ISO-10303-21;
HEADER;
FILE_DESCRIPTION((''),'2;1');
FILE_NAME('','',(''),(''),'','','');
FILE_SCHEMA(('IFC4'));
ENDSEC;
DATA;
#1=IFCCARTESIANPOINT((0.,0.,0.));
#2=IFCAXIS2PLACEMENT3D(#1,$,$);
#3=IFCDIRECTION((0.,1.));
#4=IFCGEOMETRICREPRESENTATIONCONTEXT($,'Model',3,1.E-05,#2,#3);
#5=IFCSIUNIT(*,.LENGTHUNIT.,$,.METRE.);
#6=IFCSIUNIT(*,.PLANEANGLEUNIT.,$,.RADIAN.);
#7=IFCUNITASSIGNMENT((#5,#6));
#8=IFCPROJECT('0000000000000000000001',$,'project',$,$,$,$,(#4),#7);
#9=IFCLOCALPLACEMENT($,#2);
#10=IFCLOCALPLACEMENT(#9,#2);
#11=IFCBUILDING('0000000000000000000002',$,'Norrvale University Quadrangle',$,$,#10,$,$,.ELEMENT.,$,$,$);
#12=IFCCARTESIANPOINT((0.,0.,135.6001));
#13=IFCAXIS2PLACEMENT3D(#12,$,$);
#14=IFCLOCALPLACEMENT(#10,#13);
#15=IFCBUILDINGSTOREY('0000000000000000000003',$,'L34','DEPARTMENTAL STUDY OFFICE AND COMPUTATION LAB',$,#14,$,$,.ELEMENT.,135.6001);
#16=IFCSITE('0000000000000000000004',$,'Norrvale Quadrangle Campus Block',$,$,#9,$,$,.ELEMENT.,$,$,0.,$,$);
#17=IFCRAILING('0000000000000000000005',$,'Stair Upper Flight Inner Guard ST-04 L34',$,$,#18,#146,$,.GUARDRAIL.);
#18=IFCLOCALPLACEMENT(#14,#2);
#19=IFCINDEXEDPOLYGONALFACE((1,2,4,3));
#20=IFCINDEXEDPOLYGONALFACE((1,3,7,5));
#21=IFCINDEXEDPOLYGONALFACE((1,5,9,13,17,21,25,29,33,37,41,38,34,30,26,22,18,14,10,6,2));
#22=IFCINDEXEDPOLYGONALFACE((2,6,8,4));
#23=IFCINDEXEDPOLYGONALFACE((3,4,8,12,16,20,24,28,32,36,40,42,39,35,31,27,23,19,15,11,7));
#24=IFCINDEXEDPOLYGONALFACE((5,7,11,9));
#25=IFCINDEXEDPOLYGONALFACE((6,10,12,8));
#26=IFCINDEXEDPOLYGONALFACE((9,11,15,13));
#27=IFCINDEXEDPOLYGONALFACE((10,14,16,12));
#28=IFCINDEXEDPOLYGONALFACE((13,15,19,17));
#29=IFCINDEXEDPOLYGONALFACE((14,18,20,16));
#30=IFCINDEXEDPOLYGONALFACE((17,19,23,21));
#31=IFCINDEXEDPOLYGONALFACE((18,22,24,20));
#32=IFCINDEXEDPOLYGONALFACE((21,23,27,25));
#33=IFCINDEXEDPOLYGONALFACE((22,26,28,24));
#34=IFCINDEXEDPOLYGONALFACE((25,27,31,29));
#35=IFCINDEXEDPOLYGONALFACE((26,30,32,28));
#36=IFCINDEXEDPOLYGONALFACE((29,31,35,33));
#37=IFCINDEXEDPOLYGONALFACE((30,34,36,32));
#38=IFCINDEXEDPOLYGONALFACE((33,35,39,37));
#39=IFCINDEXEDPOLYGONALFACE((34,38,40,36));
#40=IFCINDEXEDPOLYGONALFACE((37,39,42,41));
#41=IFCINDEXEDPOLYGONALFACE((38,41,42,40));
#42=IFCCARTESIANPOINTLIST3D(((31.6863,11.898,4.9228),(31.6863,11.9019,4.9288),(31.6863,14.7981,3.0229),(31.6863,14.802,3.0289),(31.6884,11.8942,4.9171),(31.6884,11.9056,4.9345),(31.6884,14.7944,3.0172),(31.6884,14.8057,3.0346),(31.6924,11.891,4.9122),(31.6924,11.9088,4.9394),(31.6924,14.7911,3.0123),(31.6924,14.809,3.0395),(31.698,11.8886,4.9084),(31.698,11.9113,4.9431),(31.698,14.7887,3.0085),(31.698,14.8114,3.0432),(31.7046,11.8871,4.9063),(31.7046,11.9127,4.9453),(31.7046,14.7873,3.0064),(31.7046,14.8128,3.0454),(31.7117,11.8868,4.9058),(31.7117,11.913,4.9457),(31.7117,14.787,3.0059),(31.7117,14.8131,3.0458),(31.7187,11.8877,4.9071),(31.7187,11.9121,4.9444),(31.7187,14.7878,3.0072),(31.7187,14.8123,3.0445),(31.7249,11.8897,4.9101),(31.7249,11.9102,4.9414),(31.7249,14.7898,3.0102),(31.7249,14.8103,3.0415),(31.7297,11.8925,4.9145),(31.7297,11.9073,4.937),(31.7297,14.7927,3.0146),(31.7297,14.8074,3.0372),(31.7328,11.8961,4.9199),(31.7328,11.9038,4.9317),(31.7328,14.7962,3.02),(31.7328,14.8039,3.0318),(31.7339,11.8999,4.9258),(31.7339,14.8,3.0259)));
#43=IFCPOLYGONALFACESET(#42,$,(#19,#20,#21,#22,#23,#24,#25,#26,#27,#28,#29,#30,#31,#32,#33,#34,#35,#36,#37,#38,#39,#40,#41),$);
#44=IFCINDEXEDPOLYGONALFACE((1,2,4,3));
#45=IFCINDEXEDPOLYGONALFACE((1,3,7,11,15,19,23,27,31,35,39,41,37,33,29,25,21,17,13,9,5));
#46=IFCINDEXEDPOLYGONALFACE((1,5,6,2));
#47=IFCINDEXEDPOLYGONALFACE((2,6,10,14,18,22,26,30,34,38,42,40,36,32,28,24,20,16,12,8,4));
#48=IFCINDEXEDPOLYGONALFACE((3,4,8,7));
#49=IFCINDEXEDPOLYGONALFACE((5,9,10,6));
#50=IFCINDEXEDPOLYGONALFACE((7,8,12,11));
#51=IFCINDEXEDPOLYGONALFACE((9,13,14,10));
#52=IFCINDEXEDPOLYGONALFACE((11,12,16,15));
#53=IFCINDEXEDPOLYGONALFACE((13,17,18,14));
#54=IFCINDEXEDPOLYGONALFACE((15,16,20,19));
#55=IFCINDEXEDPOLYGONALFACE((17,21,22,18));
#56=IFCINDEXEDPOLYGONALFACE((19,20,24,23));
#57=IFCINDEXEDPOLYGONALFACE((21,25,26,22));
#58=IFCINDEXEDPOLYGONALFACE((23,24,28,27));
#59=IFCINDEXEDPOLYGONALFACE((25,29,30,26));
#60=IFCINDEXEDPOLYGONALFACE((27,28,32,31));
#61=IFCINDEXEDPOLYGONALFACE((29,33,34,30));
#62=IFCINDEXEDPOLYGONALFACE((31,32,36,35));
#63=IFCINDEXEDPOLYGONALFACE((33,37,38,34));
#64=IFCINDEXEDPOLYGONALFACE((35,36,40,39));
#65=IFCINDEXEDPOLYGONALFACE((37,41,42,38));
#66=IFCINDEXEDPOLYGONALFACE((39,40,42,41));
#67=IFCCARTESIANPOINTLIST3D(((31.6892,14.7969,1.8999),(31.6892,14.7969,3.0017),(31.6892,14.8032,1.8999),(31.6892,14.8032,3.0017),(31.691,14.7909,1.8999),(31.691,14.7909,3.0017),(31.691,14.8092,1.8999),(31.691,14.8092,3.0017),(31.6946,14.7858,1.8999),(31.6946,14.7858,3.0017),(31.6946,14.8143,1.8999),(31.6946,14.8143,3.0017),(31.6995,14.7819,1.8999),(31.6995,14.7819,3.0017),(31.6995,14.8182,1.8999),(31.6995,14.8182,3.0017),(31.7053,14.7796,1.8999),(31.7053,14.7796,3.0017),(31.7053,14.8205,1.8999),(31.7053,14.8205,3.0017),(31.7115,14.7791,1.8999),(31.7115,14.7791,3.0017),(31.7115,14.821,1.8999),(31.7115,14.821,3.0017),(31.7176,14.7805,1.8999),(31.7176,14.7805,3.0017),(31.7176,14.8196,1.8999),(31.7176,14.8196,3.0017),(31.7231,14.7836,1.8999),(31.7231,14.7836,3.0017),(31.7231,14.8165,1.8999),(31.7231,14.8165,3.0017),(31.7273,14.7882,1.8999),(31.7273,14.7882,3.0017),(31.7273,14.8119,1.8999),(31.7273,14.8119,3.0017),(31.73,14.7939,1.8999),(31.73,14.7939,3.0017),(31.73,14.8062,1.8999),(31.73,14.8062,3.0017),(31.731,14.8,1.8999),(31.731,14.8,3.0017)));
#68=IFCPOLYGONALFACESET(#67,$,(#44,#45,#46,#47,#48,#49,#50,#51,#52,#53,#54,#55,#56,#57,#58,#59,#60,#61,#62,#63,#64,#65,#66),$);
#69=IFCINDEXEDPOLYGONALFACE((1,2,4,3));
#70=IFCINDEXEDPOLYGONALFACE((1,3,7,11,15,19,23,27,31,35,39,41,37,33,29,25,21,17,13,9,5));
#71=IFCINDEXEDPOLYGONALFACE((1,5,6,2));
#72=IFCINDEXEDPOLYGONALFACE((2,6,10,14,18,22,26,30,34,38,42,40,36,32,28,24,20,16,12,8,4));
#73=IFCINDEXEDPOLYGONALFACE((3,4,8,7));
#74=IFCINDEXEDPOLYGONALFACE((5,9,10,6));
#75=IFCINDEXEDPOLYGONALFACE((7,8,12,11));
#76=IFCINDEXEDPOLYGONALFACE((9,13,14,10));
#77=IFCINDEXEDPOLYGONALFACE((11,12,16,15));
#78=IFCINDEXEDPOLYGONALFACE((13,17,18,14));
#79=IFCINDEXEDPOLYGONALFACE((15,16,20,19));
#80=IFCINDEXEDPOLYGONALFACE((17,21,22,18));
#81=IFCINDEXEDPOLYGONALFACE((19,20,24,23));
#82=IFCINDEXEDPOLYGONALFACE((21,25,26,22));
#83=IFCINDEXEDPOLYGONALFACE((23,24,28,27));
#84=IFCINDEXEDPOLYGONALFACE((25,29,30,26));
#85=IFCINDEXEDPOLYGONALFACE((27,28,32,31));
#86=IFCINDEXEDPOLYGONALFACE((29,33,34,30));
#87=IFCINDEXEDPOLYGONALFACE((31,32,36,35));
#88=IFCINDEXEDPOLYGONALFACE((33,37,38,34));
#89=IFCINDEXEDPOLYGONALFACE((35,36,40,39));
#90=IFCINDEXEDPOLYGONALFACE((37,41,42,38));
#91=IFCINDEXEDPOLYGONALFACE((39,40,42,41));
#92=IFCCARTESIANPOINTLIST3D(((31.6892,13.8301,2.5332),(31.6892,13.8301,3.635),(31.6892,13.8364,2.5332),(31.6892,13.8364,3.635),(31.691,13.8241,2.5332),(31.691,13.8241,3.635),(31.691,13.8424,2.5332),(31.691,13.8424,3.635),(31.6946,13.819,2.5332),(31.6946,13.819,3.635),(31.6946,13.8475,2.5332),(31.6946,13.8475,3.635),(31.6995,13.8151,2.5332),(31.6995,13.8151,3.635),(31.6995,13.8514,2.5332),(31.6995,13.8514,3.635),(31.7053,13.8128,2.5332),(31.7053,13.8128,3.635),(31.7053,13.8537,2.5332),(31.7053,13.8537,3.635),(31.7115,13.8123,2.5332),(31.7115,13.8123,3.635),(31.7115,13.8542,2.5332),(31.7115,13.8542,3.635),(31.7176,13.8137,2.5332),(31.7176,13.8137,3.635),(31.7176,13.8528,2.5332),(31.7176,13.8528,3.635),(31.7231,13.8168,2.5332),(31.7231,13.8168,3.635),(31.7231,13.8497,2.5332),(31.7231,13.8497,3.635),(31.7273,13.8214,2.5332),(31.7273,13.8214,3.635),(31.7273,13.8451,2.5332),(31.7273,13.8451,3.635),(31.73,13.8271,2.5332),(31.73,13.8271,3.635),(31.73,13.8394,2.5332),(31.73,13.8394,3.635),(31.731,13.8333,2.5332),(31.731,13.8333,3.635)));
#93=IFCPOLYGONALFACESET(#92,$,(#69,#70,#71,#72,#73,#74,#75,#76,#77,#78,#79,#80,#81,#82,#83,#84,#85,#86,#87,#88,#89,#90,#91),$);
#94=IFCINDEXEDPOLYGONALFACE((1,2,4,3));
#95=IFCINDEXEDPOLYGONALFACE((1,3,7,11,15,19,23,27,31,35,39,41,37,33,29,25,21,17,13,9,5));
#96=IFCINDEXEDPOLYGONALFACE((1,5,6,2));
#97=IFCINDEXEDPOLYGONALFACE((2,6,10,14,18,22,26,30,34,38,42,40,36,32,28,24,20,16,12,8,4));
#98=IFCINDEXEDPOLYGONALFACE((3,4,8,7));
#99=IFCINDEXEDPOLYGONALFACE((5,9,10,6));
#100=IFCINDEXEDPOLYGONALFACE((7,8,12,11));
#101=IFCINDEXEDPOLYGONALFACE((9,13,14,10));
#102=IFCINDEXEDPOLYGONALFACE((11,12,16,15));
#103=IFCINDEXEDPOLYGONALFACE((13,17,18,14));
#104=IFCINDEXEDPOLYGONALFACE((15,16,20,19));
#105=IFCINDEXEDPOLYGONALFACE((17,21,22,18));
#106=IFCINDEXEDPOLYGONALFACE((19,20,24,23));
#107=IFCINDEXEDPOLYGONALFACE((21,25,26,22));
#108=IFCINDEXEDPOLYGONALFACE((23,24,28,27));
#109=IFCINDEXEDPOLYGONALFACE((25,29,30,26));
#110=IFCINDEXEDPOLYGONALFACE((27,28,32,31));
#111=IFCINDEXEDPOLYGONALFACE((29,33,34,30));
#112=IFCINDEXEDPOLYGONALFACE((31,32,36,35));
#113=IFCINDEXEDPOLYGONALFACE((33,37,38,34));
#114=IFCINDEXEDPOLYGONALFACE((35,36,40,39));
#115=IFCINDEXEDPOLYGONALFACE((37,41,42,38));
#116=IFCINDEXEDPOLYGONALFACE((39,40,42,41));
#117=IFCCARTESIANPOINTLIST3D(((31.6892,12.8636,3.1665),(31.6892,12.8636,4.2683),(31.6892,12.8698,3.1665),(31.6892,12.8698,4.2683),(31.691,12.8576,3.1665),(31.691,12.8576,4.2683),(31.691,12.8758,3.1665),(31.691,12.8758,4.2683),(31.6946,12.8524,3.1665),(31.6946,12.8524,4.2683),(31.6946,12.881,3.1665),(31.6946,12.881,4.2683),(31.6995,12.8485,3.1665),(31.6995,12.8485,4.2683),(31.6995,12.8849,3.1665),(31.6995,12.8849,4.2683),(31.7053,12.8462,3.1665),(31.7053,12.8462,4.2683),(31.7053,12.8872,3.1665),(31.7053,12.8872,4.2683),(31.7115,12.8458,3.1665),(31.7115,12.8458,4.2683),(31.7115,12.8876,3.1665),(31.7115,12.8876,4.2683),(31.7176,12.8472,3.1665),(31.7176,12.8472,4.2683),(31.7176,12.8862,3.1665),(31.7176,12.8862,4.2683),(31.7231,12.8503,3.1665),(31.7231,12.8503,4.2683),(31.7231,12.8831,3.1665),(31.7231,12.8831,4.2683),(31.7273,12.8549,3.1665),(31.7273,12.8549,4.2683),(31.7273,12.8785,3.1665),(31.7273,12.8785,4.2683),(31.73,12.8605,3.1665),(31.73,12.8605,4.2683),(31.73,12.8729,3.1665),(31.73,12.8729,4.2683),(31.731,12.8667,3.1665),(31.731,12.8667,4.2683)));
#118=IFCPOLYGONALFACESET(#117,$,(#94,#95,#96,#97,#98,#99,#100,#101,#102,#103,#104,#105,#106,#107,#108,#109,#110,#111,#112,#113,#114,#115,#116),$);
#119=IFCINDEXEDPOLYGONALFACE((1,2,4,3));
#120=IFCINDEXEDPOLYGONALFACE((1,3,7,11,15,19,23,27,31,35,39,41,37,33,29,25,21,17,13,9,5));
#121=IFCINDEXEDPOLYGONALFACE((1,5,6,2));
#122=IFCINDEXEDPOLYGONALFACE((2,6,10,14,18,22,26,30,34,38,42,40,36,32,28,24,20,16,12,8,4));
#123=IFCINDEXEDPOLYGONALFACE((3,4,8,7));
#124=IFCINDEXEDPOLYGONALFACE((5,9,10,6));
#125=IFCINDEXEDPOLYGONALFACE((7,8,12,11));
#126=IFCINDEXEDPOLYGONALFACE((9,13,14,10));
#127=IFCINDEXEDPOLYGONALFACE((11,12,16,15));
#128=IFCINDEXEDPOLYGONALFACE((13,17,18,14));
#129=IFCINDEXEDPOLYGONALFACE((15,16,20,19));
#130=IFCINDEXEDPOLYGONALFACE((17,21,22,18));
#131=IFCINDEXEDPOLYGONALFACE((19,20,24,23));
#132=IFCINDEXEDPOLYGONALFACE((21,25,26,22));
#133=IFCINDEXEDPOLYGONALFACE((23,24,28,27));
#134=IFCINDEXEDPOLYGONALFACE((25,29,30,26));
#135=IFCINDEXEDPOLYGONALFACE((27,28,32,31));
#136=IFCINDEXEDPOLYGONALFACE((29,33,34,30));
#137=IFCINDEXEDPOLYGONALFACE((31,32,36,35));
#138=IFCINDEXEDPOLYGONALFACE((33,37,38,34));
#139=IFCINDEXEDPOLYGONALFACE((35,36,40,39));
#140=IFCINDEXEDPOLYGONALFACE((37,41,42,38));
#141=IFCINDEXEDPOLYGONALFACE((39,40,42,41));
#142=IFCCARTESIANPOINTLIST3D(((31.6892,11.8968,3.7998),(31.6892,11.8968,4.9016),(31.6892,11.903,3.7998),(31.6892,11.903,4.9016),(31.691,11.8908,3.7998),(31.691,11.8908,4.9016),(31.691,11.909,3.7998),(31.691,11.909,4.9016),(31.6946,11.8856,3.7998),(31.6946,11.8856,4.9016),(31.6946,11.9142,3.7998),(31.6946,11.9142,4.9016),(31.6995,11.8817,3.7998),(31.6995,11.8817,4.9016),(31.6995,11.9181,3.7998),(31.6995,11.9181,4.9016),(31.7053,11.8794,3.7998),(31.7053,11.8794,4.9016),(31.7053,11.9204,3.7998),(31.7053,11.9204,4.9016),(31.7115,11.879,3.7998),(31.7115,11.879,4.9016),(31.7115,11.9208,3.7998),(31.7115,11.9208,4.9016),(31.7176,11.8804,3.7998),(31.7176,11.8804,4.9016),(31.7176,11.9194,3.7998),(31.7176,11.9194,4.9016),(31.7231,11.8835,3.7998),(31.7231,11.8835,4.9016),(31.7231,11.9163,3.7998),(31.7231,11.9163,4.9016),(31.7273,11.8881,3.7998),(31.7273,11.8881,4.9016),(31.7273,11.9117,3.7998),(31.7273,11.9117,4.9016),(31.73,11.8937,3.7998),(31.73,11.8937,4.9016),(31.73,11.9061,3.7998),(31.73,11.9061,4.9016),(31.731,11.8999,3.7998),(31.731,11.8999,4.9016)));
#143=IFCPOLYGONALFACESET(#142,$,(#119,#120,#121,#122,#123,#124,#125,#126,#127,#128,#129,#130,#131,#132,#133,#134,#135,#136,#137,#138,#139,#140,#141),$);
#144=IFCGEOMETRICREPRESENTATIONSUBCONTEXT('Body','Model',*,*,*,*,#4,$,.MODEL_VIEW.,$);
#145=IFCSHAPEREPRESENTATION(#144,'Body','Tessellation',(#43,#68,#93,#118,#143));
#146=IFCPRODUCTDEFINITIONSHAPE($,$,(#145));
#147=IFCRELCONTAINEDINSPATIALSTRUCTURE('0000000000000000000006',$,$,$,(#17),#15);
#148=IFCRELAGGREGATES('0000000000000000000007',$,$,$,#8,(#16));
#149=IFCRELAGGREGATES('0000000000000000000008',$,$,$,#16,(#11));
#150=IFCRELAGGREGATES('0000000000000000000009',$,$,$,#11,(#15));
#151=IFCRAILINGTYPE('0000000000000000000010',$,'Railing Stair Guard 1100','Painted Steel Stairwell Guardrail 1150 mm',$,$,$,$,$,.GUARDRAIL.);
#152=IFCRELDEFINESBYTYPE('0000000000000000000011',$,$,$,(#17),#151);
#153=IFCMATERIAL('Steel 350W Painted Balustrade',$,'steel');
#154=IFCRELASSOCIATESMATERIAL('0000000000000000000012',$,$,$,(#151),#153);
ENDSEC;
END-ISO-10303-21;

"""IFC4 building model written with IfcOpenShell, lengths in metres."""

from ifc_helpers import new_model, si_unit, direction, frame, origin, origin_2d, place, context, subcontext, project, spatial, circle, extrude, material, type_object, element, save


model = new_model("IFC4")

# Units and contexts
model_context = context("Model", 3, precision=1e-05, world=origin(), true_north=direction((0.0, 1.0)))
body_context = subcontext(model_context, "Body", "Model", "MODEL_VIEW")
ifc_project = project(units=[si_unit("LENGTHUNIT", "METRE"), si_unit("PLANEANGLEUNIT", "RADIAN")], contexts=[model_context])

# Site, building, storey
site_placement = place(None, origin())
site = spatial("IfcSite", under=ifc_project, at=site_placement, Name="Norrvale Quadrangle Campus Block", CompositionType="ELEMENT", RefElevation=0.0)
building_placement = place(site_placement, origin())
building = spatial("IfcBuilding", under=site, at=building_placement, Name="Norrvale University Quadrangle", CompositionType="ELEMENT")
storey_placement = place(building_placement, frame((0.0, 0.0, 135.6001)))
storey = spatial("IfcBuildingStorey", under=building, at=storey_placement, Name="L34", Description="DEPARTMENTAL STUDY OFFICE AND COMPUTATION LAB", CompositionType="ELEMENT", Elevation=135.6001)

# Railing
ifc_material_1 = material(Name="Steel 350W Painted Balustrade", Category="steel")
railing_type_1 = type_object("IfcRailingType", Name="Railing Stair Guard 1100", Description="Painted Steel Stairwell Guardrail 1150 mm", PredefinedType="GUARDRAIL", material=ifc_material_1)
railing_1_placement = place(storey_placement, frame((31.71, 14.8, 1.8999)))
element("IfcRailing", 1, at=railing_1_placement, inside=storey, type_object=railing_type_1, Name="Stair Upper Flight Inner Guard ST-04 L34", PredefinedType="GUARDRAIL", context=body_context, shape_type="SweptSolid", body=[
    extrude(circle(Radius=0.0239, at=origin_2d()), frame((0.0, 0.0, 1.126), z_axis=(0.0, -0.836487, 0.547987), x_axis=(1.0, 0.0, 0.0)), (0.0, 0.0, 1.0), 3.467),
    extrude(circle(Radius=0.021, at=origin_2d()), origin(), (0.0, 0.0, 1.0), 1.1018),
    extrude(circle(Radius=0.021, at=origin_2d()), frame((0.0, -0.9668, 0.6333)), (0.0, 0.0, 1.0), 1.1018),
    extrude(circle(Radius=0.021, at=origin_2d()), frame((0.0, -1.9333, 1.2666)), (0.0, 0.0, 1.0), 1.1018),
    extrude(circle(Radius=0.021, at=origin_2d()), frame((0.0, -2.9001, 1.8999)), (0.0, 0.0, 1.0), 1.1018),
])

save(model, "model.ifc")
